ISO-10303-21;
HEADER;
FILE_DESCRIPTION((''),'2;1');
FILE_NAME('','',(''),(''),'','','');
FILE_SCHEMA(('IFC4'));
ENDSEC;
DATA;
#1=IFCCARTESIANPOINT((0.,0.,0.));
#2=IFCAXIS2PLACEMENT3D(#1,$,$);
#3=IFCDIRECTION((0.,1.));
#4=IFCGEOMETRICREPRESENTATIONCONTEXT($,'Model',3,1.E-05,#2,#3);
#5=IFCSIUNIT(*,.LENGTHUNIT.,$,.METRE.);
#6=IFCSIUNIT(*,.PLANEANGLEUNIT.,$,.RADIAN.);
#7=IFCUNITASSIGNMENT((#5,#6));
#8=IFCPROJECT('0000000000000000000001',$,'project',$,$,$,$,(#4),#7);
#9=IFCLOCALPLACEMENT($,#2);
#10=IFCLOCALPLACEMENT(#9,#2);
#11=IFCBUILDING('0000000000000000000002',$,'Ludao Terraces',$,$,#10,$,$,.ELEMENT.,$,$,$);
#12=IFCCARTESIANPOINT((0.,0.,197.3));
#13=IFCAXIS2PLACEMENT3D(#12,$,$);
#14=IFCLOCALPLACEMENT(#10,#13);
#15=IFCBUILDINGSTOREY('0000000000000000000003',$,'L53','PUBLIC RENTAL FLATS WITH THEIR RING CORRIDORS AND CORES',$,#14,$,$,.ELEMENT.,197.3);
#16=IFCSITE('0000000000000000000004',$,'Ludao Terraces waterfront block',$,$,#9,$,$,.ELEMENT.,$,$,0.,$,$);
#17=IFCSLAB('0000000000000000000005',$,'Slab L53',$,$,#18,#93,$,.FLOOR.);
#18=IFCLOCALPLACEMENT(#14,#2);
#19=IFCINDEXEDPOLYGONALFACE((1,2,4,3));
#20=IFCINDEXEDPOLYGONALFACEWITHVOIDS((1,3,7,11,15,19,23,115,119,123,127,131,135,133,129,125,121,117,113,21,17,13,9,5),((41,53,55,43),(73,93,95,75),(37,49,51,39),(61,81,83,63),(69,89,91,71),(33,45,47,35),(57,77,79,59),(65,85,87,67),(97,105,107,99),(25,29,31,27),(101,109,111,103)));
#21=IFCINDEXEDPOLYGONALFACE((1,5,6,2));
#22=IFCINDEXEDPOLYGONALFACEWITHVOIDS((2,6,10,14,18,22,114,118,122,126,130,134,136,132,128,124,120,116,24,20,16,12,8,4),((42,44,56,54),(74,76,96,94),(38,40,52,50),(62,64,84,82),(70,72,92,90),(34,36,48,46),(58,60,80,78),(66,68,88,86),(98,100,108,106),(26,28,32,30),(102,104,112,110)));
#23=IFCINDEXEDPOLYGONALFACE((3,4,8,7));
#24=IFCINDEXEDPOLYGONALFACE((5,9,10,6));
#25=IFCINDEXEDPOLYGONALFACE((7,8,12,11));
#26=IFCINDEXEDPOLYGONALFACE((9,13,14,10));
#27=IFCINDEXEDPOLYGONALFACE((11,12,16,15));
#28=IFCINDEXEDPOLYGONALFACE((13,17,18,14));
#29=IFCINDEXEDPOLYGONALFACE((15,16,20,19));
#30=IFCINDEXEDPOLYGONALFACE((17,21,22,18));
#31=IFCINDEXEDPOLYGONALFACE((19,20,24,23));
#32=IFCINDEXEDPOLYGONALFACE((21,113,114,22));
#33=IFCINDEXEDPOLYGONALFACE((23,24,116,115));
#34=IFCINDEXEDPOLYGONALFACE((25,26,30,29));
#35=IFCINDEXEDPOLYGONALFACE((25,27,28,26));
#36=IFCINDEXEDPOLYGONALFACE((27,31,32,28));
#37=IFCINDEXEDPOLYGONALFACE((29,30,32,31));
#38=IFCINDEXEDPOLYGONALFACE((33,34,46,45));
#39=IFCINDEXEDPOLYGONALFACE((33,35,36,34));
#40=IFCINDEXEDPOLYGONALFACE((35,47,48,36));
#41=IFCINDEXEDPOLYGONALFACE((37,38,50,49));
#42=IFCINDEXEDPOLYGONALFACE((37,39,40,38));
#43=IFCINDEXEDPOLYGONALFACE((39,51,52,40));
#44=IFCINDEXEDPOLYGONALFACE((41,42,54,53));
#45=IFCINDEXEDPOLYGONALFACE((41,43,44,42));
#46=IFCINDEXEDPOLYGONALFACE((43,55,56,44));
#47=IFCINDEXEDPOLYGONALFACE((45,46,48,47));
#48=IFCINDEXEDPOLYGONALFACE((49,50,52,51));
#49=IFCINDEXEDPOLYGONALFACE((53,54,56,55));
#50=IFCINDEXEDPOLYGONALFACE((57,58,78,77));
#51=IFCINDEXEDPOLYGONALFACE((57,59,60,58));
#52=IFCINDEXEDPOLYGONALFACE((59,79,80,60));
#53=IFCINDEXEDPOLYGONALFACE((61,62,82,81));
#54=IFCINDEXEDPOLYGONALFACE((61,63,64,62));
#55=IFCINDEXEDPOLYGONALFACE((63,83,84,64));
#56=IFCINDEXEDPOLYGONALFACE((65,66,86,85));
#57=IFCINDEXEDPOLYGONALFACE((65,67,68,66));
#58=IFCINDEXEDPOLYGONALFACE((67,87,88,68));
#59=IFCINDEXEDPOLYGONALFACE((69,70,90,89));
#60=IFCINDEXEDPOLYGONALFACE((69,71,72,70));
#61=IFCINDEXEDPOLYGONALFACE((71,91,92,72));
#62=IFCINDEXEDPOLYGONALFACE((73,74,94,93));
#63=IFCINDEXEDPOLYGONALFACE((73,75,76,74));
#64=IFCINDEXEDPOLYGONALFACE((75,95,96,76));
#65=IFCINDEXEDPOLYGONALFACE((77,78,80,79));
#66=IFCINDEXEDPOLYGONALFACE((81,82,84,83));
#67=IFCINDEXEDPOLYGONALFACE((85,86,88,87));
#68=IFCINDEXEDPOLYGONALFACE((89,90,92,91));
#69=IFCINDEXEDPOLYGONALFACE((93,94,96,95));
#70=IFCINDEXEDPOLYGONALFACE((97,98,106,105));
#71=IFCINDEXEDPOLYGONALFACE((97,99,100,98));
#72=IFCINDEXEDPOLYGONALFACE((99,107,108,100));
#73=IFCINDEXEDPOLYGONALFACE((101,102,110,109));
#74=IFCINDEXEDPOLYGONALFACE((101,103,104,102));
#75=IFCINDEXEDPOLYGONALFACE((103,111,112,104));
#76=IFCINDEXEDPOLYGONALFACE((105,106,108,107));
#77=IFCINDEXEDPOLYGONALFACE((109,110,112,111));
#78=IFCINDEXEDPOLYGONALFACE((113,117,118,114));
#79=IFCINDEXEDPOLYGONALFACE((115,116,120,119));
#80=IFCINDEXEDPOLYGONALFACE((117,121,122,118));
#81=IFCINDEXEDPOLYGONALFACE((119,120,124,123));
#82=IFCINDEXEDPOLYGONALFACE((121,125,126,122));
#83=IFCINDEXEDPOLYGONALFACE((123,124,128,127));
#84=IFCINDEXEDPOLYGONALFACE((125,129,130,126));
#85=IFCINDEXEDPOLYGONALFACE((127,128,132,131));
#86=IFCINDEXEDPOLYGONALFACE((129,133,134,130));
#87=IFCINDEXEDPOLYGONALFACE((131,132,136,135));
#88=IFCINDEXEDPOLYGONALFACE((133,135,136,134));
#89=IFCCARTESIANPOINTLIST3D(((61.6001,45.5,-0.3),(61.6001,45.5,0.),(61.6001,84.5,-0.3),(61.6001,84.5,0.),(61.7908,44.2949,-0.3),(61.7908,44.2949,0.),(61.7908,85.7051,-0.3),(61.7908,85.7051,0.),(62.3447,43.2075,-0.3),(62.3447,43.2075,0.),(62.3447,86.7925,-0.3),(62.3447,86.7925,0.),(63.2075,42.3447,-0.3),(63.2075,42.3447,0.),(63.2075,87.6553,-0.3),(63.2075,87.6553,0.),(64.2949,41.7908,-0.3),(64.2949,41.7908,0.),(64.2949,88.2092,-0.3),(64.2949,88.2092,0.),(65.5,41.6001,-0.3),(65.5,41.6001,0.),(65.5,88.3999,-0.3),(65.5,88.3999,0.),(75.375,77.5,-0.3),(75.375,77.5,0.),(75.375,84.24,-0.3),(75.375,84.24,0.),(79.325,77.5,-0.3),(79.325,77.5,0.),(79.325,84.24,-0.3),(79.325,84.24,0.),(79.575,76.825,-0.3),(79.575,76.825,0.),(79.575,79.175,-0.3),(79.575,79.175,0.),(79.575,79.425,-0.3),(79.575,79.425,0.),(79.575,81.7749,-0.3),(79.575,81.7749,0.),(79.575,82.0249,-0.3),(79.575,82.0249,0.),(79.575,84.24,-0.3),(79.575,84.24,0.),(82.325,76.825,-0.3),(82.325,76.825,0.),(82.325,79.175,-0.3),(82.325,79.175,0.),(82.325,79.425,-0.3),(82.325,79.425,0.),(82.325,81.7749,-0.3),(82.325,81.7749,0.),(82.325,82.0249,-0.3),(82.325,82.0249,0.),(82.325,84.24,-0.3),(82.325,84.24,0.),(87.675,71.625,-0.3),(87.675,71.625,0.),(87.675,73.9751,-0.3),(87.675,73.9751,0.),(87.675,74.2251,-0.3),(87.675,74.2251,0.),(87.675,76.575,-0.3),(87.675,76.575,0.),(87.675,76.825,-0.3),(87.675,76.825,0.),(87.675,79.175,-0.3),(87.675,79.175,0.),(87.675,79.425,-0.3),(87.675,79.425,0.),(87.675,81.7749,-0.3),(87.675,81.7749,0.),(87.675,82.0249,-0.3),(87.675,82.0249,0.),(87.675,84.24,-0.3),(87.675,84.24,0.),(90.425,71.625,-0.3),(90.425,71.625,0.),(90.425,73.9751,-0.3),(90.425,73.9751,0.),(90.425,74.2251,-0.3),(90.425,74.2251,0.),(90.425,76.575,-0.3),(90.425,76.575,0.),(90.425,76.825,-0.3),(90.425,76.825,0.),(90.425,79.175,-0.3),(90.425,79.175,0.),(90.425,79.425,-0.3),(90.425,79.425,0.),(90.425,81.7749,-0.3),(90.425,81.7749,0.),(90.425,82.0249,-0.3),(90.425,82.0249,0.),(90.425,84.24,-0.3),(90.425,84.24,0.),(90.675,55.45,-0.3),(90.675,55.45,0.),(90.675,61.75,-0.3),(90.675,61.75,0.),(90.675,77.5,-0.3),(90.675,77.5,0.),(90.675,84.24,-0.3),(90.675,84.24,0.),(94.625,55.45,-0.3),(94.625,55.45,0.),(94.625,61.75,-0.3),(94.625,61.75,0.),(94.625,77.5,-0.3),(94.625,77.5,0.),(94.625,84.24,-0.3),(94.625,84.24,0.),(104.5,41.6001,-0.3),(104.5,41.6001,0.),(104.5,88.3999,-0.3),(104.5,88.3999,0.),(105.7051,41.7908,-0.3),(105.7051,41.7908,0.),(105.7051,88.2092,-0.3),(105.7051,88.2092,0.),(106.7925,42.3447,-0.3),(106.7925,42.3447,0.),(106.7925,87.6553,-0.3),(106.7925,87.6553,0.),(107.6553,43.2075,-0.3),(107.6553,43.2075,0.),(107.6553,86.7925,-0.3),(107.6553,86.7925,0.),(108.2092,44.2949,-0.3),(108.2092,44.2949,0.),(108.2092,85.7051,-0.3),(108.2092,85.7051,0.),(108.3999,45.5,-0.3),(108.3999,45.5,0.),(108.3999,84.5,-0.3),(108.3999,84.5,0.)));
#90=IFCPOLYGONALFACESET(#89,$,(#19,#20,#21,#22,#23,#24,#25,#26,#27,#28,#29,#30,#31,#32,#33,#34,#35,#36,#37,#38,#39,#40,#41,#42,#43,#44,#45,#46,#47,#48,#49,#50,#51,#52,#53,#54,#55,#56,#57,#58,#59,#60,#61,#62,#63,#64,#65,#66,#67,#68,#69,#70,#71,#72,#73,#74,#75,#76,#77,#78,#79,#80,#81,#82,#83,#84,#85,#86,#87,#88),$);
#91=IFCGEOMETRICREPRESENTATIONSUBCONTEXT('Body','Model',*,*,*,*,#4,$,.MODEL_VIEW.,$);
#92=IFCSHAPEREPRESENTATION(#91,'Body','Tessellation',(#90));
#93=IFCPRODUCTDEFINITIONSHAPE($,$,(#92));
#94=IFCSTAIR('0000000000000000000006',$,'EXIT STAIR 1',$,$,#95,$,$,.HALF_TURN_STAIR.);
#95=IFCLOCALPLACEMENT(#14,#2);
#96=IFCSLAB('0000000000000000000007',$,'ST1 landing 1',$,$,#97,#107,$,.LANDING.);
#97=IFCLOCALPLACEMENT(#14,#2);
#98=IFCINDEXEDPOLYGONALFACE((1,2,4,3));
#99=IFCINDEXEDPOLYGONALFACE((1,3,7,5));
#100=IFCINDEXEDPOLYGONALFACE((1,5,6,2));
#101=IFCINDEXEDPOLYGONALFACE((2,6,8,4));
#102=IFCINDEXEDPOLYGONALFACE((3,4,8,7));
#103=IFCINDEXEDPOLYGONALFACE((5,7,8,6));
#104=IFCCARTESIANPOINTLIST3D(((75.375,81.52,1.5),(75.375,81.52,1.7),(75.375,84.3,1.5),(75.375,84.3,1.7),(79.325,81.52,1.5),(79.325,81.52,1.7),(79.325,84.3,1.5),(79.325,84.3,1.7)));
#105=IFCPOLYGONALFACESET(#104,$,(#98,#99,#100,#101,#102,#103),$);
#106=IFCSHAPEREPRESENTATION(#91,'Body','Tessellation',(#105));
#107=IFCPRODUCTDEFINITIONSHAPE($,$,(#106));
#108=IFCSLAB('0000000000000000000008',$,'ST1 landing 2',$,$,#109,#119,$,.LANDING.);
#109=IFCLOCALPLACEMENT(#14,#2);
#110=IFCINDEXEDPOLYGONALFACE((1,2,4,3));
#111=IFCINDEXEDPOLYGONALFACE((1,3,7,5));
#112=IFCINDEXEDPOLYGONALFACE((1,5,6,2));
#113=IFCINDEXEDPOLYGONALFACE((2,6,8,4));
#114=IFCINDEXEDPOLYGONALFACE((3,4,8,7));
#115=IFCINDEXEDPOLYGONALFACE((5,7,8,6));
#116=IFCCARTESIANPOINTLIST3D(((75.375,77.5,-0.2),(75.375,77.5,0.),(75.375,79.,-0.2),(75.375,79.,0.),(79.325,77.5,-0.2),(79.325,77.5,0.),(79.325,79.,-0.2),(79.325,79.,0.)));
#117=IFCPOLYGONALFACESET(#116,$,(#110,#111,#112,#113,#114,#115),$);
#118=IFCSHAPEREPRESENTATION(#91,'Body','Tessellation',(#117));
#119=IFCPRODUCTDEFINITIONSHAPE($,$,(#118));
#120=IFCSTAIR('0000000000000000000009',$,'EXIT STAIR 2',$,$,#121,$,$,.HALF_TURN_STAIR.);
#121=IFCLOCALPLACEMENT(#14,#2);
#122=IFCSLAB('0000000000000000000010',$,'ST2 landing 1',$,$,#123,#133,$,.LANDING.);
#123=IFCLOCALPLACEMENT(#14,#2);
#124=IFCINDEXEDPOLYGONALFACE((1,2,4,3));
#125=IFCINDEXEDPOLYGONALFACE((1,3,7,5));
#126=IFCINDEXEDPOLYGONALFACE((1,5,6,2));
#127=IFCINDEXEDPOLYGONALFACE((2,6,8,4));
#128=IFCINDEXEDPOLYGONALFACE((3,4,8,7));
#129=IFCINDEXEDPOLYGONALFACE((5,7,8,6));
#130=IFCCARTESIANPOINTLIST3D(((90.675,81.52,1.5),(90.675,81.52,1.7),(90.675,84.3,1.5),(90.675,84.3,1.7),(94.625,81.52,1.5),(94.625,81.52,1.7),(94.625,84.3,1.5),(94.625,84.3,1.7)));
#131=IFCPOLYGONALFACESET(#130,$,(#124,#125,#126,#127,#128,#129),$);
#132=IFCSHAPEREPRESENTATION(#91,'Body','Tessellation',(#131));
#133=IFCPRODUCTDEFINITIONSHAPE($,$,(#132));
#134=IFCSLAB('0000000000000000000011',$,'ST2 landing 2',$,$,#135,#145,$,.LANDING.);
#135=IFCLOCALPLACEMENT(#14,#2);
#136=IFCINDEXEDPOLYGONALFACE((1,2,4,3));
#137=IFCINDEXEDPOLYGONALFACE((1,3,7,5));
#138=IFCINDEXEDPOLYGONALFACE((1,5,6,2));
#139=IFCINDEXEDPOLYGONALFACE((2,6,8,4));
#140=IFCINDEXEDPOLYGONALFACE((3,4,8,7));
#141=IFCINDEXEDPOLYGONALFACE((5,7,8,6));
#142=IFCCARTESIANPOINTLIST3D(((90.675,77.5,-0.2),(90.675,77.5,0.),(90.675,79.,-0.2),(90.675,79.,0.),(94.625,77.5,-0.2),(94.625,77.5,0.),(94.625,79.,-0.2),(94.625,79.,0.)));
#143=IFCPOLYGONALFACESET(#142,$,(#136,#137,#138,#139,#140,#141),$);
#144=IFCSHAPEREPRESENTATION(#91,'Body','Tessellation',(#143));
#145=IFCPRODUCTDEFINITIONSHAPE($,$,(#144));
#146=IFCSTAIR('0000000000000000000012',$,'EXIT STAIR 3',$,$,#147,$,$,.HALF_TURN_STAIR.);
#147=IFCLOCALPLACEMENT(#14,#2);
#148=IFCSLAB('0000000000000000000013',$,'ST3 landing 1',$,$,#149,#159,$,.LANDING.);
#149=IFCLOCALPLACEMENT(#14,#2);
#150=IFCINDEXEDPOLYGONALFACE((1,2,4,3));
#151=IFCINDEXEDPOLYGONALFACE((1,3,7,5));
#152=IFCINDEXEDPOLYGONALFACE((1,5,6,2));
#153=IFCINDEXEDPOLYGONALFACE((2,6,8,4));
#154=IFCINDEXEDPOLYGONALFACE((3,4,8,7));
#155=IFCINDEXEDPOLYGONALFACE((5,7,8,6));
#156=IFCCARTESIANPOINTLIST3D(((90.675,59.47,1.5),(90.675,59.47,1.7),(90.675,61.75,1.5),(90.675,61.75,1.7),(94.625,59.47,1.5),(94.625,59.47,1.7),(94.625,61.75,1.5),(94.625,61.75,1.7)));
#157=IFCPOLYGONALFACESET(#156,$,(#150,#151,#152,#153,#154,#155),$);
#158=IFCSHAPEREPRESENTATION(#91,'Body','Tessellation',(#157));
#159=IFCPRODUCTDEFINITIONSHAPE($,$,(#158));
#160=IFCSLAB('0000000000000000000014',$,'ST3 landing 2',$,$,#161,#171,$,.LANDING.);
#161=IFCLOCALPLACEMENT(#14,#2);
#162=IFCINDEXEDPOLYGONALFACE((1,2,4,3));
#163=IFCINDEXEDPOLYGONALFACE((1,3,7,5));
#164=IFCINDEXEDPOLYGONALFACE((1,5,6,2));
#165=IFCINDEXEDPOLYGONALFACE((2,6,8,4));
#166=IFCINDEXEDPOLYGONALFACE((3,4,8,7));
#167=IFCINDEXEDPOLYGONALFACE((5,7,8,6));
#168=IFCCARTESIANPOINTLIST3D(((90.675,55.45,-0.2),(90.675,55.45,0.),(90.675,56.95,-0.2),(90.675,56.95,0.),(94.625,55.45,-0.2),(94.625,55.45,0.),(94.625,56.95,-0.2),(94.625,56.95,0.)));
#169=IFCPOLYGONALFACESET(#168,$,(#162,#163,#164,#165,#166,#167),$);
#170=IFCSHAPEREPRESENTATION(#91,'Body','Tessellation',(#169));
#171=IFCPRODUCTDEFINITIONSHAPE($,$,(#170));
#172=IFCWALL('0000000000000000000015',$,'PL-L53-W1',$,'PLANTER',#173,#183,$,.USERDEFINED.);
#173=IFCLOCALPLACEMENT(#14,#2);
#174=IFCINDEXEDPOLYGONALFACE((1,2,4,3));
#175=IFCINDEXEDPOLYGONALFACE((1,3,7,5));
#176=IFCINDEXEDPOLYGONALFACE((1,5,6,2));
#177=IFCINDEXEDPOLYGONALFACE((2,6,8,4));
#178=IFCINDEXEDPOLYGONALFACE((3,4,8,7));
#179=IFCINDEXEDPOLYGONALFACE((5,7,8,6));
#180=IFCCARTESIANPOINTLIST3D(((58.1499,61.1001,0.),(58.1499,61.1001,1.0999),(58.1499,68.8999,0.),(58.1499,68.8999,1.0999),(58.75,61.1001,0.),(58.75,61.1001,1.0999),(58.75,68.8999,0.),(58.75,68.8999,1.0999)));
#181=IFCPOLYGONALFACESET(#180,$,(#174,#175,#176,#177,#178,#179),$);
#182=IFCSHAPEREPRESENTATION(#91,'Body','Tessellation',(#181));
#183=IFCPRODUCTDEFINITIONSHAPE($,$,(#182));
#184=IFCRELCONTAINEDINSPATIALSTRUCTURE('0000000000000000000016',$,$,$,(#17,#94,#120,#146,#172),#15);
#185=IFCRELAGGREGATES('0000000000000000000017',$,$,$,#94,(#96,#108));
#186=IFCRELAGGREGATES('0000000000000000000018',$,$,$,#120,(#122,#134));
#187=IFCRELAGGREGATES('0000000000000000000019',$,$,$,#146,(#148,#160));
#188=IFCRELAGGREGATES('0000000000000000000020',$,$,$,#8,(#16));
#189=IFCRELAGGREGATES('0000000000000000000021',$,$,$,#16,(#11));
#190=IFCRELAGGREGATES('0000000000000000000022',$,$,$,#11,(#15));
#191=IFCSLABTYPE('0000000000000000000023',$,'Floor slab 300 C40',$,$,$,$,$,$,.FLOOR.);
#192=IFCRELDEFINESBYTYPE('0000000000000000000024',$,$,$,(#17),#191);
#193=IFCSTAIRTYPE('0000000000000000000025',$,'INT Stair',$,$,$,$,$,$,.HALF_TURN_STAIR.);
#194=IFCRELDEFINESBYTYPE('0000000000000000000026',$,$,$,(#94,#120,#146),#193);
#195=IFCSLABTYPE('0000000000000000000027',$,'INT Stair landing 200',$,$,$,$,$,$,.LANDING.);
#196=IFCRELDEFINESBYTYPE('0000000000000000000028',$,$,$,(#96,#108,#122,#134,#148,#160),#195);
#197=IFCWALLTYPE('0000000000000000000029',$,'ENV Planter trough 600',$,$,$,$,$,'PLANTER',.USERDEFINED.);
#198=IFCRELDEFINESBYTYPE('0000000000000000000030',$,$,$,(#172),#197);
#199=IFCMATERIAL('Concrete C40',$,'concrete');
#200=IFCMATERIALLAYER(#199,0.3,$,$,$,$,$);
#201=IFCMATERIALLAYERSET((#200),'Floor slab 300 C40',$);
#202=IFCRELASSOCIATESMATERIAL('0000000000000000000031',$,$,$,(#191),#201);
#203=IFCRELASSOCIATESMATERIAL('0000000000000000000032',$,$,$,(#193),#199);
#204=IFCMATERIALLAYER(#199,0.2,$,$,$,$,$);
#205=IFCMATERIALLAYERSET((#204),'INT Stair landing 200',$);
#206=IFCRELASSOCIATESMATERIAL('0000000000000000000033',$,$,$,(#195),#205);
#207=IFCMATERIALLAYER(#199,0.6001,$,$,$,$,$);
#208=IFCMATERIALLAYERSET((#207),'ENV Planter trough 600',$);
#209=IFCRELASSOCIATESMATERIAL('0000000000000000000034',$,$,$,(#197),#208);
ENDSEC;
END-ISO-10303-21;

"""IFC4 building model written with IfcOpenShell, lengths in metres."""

from ifc_helpers import new_model, si_unit, direction, frame, frame_2d, origin, place, context, subcontext, project, spatial, polyline, rectangle, outline, extrude, material, layer, layer_set, type_object, element, aggregate, save


model = new_model("IFC4")

# Units and contexts
model_context = context("Model", 3, precision=1e-05, world=origin(), true_north=direction((0.0, 1.0)))
body_context = subcontext(model_context, "Body", "Model", "MODEL_VIEW")
ifc_project = project(units=[si_unit("LENGTHUNIT", "METRE"), si_unit("PLANEANGLEUNIT", "RADIAN")], contexts=[model_context])

# Site, building, storey
site_placement = place(None, origin())
site = spatial("IfcSite", under=ifc_project, at=site_placement, Name="Ludao Terraces waterfront block", CompositionType="ELEMENT", RefElevation=0.0)
building_placement = place(site_placement, origin())
building = spatial("IfcBuilding", under=site, at=building_placement, Name="Ludao Terraces", CompositionType="ELEMENT")
storey_placement = place(building_placement, frame((0.0, 0.0, 197.3)))
storey = spatial("IfcBuildingStorey", under=building, at=storey_placement, Name="L53", Description="PUBLIC RENTAL FLATS WITH THEIR RING CORRIDORS AND CORES", CompositionType="ELEMENT", Elevation=197.3)

# Shared definitions
ifc_material_1 = material(Name="Concrete C40", Category="concrete")

# Slab
ifc_layer_1 = layer(ifc_material_1, 0.3)
ifc_layer_set_1 = layer_set([ifc_layer_1], Name="Floor slab 300 C40")
slab_type_1 = type_object("IfcSlabType", Name="Floor slab 300 C40", PredefinedType="FLOOR", material=ifc_layer_set_1)
slab_1_placement = place(storey_placement, frame((0.0, 0.0, -0.3)))
element("IfcSlab", 1, at=slab_1_placement, inside=storey, type_object=slab_type_1, Name="Slab L53", PredefinedType="FLOOR", context=body_context, shape_type="SweptSolid", body=[
    extrude(outline(polyline([(104.5, 41.6001), (105.7051, 41.7908), (106.7925, 42.3447), (107.6553, 43.2075), (108.2092, 44.2949), (108.3999, 45.5), (108.3999, 84.5), (108.2092, 85.7051), (107.6553, 86.7925), (106.7925, 87.6553), (105.7051, 88.2092), (104.5, 88.3999), (65.5, 88.3999), (64.2949, 88.2092), (63.2075, 87.6553), (62.3447, 86.7925), (61.7908, 85.7051), (61.6001, 84.5), (61.6001, 45.5), (61.7908, 44.2949), (62.3447, 43.2075), (63.2075, 42.3447), (64.2949, 41.7908), (65.5, 41.6001), (104.5, 41.6001)]), holes=[polyline([(79.575, 76.825), (82.325, 76.825), (82.325, 79.175), (79.575, 79.175), (79.575, 76.825)]), polyline([(79.575, 79.425), (82.325, 79.425), (82.325, 81.7749), (79.575, 81.7749), (79.575, 79.425)]), polyline([(79.575, 82.0249), (82.325, 82.0249), (82.325, 84.24), (79.575, 84.24), (79.575, 82.0249)]), polyline([(87.675, 71.625), (90.425, 71.625), (90.425, 73.9751), (87.675, 73.9751), (87.675, 71.625)]), polyline([(87.675, 74.2251), (90.425, 74.2251), (90.425, 76.575), (87.675, 76.575), (87.675, 74.2251)]), polyline([(87.675, 76.825), (90.425, 76.825), (90.425, 79.175), (87.675, 79.175), (87.675, 76.825)]), polyline([(87.675, 79.425), (90.425, 79.425), (90.425, 81.7749), (87.675, 81.7749), (87.675, 79.425)]), polyline([(87.675, 82.0249), (90.425, 82.0249), (90.425, 84.24), (87.675, 84.24), (87.675, 82.0249)]), polyline([(75.375, 77.5), (79.325, 77.5), (79.325, 84.24), (75.375, 84.24), (75.375, 77.5)]), polyline([(90.675, 77.5), (94.625, 77.5), (94.625, 84.24), (90.675, 84.24), (90.675, 77.5)]), polyline([(90.675, 55.45), (94.625, 55.45), (94.625, 61.75), (90.675, 61.75), (90.675, 55.45)])]), origin(), (0.0, 0.0, 1.0), 0.3),
])

# Stairs, slabs
stair_type = type_object("IfcStairType", Name="INT Stair", PredefinedType="HALF_TURN_STAIR", material=ifc_material_1)
stair_1_placement = place(storey_placement, origin())
stair_1 = element("IfcStair", 2, at=stair_1_placement, inside=storey, type_object=stair_type, Name="EXIT STAIR 1", PredefinedType="HALF_TURN_STAIR")
ifc_layer_2 = layer(ifc_material_1, 0.2)
ifc_layer_set_2 = layer_set([ifc_layer_2], Name="INT Stair landing 200")
slab_type_2 = type_object("IfcSlabType", Name="INT Stair landing 200", PredefinedType="LANDING", material=ifc_layer_set_2)
slab_2_placement = place(storey_placement, frame((0.0, 0.0, 1.5)))
slab_2 = element("IfcSlab", 3, at=slab_2_placement, type_object=slab_type_2, Name="ST1 landing 1", PredefinedType="LANDING", context=body_context, shape_type="SweptSolid", body=[
    extrude(outline(polyline([(75.375, 81.52), (79.325, 81.52), (79.325, 84.3), (75.375, 84.3), (75.375, 81.52)])), origin(), (0.0, 0.0, 1.0), 0.2),
])
slab_3_placement = place(storey_placement, frame((0.0, 0.0, -0.2)))
slab_3 = element("IfcSlab", 4, at=slab_3_placement, type_object=slab_type_2, Name="ST1 landing 2", PredefinedType="LANDING", context=body_context, shape_type="SweptSolid", body=[
    extrude(outline(polyline([(75.375, 77.5), (79.325, 77.5), (79.325, 79.0), (75.375, 79.0), (75.375, 77.5)])), origin(), (0.0, 0.0, 1.0), 0.2),
])
aggregate(stair_1, [slab_2, slab_3])
stair_2_placement = place(storey_placement, origin())
stair_2 = element("IfcStair", 5, at=stair_2_placement, inside=storey, type_object=stair_type, Name="EXIT STAIR 2", PredefinedType="HALF_TURN_STAIR")
slab_4_placement = place(storey_placement, frame((0.0, 0.0, 1.5)))
slab_4 = element("IfcSlab", 6, at=slab_4_placement, type_object=slab_type_2, Name="ST2 landing 1", PredefinedType="LANDING", context=body_context, shape_type="SweptSolid", body=[
    extrude(outline(polyline([(90.675, 81.52), (94.625, 81.52), (94.625, 84.3), (90.675, 84.3), (90.675, 81.52)])), origin(), (0.0, 0.0, 1.0), 0.2),
])
slab_5_placement = place(storey_placement, frame((0.0, 0.0, -0.2)))
slab_5 = element("IfcSlab", 7, at=slab_5_placement, type_object=slab_type_2, Name="ST2 landing 2", PredefinedType="LANDING", context=body_context, shape_type="SweptSolid", body=[
    extrude(outline(polyline([(90.675, 77.5), (94.625, 77.5), (94.625, 79.0), (90.675, 79.0), (90.675, 77.5)])), origin(), (0.0, 0.0, 1.0), 0.2),
])
aggregate(stair_2, [slab_4, slab_5])
stair_3_placement = place(storey_placement, origin())
stair_3 = element("IfcStair", 8, at=stair_3_placement, inside=storey, type_object=stair_type, Name="EXIT STAIR 3", PredefinedType="HALF_TURN_STAIR")
slab_6_placement = place(storey_placement, frame((0.0, 0.0, 1.5)))
slab_6 = element("IfcSlab", 9, at=slab_6_placement, type_object=slab_type_2, Name="ST3 landing 1", PredefinedType="LANDING", context=body_context, shape_type="SweptSolid", body=[
    extrude(outline(polyline([(90.675, 59.47), (94.625, 59.47), (94.625, 61.75), (90.675, 61.75), (90.675, 59.47)])), origin(), (0.0, 0.0, 1.0), 0.2),
])
slab_7_placement = place(storey_placement, frame((0.0, 0.0, -0.2)))
slab_7 = element("IfcSlab", 10, at=slab_7_placement, type_object=slab_type_2, Name="ST3 landing 2", PredefinedType="LANDING", context=body_context, shape_type="SweptSolid", body=[
    extrude(outline(polyline([(90.675, 55.45), (94.625, 55.45), (94.625, 56.95), (90.675, 56.95), (90.675, 55.45)])), origin(), (0.0, 0.0, 1.0), 0.2),
])
aggregate(stair_3, [slab_6, slab_7])

# Wall
ifc_layer_3 = layer(ifc_material_1, 0.6001)
ifc_layer_set_3 = layer_set([ifc_layer_3], Name="ENV Planter trough 600")
wall_type = type_object("IfcWallType", Name="ENV Planter trough 600", ElementType="PLANTER", PredefinedType="USERDEFINED", material=ifc_layer_set_3)
wall_1_placement = place(storey_placement, frame((58.45, 61.1001, 0.0), z_axis=(0.0, 0.0, 1.0), x_axis=(0.0, 1.0, 0.0)))
element("IfcWall", 11, at=wall_1_placement, inside=storey, type_object=wall_type, Name="PL-L53-W1", ObjectType="PLANTER", PredefinedType="USERDEFINED", context=body_context, shape_type="SweptSolid", body=[
    extrude(rectangle(XDim=7.7998, YDim=0.6001, at=frame_2d((3.8999, 0.0))), origin(), (0.0, 0.0, 1.0), 1.0999),
])

save(model, "model.ifc")
